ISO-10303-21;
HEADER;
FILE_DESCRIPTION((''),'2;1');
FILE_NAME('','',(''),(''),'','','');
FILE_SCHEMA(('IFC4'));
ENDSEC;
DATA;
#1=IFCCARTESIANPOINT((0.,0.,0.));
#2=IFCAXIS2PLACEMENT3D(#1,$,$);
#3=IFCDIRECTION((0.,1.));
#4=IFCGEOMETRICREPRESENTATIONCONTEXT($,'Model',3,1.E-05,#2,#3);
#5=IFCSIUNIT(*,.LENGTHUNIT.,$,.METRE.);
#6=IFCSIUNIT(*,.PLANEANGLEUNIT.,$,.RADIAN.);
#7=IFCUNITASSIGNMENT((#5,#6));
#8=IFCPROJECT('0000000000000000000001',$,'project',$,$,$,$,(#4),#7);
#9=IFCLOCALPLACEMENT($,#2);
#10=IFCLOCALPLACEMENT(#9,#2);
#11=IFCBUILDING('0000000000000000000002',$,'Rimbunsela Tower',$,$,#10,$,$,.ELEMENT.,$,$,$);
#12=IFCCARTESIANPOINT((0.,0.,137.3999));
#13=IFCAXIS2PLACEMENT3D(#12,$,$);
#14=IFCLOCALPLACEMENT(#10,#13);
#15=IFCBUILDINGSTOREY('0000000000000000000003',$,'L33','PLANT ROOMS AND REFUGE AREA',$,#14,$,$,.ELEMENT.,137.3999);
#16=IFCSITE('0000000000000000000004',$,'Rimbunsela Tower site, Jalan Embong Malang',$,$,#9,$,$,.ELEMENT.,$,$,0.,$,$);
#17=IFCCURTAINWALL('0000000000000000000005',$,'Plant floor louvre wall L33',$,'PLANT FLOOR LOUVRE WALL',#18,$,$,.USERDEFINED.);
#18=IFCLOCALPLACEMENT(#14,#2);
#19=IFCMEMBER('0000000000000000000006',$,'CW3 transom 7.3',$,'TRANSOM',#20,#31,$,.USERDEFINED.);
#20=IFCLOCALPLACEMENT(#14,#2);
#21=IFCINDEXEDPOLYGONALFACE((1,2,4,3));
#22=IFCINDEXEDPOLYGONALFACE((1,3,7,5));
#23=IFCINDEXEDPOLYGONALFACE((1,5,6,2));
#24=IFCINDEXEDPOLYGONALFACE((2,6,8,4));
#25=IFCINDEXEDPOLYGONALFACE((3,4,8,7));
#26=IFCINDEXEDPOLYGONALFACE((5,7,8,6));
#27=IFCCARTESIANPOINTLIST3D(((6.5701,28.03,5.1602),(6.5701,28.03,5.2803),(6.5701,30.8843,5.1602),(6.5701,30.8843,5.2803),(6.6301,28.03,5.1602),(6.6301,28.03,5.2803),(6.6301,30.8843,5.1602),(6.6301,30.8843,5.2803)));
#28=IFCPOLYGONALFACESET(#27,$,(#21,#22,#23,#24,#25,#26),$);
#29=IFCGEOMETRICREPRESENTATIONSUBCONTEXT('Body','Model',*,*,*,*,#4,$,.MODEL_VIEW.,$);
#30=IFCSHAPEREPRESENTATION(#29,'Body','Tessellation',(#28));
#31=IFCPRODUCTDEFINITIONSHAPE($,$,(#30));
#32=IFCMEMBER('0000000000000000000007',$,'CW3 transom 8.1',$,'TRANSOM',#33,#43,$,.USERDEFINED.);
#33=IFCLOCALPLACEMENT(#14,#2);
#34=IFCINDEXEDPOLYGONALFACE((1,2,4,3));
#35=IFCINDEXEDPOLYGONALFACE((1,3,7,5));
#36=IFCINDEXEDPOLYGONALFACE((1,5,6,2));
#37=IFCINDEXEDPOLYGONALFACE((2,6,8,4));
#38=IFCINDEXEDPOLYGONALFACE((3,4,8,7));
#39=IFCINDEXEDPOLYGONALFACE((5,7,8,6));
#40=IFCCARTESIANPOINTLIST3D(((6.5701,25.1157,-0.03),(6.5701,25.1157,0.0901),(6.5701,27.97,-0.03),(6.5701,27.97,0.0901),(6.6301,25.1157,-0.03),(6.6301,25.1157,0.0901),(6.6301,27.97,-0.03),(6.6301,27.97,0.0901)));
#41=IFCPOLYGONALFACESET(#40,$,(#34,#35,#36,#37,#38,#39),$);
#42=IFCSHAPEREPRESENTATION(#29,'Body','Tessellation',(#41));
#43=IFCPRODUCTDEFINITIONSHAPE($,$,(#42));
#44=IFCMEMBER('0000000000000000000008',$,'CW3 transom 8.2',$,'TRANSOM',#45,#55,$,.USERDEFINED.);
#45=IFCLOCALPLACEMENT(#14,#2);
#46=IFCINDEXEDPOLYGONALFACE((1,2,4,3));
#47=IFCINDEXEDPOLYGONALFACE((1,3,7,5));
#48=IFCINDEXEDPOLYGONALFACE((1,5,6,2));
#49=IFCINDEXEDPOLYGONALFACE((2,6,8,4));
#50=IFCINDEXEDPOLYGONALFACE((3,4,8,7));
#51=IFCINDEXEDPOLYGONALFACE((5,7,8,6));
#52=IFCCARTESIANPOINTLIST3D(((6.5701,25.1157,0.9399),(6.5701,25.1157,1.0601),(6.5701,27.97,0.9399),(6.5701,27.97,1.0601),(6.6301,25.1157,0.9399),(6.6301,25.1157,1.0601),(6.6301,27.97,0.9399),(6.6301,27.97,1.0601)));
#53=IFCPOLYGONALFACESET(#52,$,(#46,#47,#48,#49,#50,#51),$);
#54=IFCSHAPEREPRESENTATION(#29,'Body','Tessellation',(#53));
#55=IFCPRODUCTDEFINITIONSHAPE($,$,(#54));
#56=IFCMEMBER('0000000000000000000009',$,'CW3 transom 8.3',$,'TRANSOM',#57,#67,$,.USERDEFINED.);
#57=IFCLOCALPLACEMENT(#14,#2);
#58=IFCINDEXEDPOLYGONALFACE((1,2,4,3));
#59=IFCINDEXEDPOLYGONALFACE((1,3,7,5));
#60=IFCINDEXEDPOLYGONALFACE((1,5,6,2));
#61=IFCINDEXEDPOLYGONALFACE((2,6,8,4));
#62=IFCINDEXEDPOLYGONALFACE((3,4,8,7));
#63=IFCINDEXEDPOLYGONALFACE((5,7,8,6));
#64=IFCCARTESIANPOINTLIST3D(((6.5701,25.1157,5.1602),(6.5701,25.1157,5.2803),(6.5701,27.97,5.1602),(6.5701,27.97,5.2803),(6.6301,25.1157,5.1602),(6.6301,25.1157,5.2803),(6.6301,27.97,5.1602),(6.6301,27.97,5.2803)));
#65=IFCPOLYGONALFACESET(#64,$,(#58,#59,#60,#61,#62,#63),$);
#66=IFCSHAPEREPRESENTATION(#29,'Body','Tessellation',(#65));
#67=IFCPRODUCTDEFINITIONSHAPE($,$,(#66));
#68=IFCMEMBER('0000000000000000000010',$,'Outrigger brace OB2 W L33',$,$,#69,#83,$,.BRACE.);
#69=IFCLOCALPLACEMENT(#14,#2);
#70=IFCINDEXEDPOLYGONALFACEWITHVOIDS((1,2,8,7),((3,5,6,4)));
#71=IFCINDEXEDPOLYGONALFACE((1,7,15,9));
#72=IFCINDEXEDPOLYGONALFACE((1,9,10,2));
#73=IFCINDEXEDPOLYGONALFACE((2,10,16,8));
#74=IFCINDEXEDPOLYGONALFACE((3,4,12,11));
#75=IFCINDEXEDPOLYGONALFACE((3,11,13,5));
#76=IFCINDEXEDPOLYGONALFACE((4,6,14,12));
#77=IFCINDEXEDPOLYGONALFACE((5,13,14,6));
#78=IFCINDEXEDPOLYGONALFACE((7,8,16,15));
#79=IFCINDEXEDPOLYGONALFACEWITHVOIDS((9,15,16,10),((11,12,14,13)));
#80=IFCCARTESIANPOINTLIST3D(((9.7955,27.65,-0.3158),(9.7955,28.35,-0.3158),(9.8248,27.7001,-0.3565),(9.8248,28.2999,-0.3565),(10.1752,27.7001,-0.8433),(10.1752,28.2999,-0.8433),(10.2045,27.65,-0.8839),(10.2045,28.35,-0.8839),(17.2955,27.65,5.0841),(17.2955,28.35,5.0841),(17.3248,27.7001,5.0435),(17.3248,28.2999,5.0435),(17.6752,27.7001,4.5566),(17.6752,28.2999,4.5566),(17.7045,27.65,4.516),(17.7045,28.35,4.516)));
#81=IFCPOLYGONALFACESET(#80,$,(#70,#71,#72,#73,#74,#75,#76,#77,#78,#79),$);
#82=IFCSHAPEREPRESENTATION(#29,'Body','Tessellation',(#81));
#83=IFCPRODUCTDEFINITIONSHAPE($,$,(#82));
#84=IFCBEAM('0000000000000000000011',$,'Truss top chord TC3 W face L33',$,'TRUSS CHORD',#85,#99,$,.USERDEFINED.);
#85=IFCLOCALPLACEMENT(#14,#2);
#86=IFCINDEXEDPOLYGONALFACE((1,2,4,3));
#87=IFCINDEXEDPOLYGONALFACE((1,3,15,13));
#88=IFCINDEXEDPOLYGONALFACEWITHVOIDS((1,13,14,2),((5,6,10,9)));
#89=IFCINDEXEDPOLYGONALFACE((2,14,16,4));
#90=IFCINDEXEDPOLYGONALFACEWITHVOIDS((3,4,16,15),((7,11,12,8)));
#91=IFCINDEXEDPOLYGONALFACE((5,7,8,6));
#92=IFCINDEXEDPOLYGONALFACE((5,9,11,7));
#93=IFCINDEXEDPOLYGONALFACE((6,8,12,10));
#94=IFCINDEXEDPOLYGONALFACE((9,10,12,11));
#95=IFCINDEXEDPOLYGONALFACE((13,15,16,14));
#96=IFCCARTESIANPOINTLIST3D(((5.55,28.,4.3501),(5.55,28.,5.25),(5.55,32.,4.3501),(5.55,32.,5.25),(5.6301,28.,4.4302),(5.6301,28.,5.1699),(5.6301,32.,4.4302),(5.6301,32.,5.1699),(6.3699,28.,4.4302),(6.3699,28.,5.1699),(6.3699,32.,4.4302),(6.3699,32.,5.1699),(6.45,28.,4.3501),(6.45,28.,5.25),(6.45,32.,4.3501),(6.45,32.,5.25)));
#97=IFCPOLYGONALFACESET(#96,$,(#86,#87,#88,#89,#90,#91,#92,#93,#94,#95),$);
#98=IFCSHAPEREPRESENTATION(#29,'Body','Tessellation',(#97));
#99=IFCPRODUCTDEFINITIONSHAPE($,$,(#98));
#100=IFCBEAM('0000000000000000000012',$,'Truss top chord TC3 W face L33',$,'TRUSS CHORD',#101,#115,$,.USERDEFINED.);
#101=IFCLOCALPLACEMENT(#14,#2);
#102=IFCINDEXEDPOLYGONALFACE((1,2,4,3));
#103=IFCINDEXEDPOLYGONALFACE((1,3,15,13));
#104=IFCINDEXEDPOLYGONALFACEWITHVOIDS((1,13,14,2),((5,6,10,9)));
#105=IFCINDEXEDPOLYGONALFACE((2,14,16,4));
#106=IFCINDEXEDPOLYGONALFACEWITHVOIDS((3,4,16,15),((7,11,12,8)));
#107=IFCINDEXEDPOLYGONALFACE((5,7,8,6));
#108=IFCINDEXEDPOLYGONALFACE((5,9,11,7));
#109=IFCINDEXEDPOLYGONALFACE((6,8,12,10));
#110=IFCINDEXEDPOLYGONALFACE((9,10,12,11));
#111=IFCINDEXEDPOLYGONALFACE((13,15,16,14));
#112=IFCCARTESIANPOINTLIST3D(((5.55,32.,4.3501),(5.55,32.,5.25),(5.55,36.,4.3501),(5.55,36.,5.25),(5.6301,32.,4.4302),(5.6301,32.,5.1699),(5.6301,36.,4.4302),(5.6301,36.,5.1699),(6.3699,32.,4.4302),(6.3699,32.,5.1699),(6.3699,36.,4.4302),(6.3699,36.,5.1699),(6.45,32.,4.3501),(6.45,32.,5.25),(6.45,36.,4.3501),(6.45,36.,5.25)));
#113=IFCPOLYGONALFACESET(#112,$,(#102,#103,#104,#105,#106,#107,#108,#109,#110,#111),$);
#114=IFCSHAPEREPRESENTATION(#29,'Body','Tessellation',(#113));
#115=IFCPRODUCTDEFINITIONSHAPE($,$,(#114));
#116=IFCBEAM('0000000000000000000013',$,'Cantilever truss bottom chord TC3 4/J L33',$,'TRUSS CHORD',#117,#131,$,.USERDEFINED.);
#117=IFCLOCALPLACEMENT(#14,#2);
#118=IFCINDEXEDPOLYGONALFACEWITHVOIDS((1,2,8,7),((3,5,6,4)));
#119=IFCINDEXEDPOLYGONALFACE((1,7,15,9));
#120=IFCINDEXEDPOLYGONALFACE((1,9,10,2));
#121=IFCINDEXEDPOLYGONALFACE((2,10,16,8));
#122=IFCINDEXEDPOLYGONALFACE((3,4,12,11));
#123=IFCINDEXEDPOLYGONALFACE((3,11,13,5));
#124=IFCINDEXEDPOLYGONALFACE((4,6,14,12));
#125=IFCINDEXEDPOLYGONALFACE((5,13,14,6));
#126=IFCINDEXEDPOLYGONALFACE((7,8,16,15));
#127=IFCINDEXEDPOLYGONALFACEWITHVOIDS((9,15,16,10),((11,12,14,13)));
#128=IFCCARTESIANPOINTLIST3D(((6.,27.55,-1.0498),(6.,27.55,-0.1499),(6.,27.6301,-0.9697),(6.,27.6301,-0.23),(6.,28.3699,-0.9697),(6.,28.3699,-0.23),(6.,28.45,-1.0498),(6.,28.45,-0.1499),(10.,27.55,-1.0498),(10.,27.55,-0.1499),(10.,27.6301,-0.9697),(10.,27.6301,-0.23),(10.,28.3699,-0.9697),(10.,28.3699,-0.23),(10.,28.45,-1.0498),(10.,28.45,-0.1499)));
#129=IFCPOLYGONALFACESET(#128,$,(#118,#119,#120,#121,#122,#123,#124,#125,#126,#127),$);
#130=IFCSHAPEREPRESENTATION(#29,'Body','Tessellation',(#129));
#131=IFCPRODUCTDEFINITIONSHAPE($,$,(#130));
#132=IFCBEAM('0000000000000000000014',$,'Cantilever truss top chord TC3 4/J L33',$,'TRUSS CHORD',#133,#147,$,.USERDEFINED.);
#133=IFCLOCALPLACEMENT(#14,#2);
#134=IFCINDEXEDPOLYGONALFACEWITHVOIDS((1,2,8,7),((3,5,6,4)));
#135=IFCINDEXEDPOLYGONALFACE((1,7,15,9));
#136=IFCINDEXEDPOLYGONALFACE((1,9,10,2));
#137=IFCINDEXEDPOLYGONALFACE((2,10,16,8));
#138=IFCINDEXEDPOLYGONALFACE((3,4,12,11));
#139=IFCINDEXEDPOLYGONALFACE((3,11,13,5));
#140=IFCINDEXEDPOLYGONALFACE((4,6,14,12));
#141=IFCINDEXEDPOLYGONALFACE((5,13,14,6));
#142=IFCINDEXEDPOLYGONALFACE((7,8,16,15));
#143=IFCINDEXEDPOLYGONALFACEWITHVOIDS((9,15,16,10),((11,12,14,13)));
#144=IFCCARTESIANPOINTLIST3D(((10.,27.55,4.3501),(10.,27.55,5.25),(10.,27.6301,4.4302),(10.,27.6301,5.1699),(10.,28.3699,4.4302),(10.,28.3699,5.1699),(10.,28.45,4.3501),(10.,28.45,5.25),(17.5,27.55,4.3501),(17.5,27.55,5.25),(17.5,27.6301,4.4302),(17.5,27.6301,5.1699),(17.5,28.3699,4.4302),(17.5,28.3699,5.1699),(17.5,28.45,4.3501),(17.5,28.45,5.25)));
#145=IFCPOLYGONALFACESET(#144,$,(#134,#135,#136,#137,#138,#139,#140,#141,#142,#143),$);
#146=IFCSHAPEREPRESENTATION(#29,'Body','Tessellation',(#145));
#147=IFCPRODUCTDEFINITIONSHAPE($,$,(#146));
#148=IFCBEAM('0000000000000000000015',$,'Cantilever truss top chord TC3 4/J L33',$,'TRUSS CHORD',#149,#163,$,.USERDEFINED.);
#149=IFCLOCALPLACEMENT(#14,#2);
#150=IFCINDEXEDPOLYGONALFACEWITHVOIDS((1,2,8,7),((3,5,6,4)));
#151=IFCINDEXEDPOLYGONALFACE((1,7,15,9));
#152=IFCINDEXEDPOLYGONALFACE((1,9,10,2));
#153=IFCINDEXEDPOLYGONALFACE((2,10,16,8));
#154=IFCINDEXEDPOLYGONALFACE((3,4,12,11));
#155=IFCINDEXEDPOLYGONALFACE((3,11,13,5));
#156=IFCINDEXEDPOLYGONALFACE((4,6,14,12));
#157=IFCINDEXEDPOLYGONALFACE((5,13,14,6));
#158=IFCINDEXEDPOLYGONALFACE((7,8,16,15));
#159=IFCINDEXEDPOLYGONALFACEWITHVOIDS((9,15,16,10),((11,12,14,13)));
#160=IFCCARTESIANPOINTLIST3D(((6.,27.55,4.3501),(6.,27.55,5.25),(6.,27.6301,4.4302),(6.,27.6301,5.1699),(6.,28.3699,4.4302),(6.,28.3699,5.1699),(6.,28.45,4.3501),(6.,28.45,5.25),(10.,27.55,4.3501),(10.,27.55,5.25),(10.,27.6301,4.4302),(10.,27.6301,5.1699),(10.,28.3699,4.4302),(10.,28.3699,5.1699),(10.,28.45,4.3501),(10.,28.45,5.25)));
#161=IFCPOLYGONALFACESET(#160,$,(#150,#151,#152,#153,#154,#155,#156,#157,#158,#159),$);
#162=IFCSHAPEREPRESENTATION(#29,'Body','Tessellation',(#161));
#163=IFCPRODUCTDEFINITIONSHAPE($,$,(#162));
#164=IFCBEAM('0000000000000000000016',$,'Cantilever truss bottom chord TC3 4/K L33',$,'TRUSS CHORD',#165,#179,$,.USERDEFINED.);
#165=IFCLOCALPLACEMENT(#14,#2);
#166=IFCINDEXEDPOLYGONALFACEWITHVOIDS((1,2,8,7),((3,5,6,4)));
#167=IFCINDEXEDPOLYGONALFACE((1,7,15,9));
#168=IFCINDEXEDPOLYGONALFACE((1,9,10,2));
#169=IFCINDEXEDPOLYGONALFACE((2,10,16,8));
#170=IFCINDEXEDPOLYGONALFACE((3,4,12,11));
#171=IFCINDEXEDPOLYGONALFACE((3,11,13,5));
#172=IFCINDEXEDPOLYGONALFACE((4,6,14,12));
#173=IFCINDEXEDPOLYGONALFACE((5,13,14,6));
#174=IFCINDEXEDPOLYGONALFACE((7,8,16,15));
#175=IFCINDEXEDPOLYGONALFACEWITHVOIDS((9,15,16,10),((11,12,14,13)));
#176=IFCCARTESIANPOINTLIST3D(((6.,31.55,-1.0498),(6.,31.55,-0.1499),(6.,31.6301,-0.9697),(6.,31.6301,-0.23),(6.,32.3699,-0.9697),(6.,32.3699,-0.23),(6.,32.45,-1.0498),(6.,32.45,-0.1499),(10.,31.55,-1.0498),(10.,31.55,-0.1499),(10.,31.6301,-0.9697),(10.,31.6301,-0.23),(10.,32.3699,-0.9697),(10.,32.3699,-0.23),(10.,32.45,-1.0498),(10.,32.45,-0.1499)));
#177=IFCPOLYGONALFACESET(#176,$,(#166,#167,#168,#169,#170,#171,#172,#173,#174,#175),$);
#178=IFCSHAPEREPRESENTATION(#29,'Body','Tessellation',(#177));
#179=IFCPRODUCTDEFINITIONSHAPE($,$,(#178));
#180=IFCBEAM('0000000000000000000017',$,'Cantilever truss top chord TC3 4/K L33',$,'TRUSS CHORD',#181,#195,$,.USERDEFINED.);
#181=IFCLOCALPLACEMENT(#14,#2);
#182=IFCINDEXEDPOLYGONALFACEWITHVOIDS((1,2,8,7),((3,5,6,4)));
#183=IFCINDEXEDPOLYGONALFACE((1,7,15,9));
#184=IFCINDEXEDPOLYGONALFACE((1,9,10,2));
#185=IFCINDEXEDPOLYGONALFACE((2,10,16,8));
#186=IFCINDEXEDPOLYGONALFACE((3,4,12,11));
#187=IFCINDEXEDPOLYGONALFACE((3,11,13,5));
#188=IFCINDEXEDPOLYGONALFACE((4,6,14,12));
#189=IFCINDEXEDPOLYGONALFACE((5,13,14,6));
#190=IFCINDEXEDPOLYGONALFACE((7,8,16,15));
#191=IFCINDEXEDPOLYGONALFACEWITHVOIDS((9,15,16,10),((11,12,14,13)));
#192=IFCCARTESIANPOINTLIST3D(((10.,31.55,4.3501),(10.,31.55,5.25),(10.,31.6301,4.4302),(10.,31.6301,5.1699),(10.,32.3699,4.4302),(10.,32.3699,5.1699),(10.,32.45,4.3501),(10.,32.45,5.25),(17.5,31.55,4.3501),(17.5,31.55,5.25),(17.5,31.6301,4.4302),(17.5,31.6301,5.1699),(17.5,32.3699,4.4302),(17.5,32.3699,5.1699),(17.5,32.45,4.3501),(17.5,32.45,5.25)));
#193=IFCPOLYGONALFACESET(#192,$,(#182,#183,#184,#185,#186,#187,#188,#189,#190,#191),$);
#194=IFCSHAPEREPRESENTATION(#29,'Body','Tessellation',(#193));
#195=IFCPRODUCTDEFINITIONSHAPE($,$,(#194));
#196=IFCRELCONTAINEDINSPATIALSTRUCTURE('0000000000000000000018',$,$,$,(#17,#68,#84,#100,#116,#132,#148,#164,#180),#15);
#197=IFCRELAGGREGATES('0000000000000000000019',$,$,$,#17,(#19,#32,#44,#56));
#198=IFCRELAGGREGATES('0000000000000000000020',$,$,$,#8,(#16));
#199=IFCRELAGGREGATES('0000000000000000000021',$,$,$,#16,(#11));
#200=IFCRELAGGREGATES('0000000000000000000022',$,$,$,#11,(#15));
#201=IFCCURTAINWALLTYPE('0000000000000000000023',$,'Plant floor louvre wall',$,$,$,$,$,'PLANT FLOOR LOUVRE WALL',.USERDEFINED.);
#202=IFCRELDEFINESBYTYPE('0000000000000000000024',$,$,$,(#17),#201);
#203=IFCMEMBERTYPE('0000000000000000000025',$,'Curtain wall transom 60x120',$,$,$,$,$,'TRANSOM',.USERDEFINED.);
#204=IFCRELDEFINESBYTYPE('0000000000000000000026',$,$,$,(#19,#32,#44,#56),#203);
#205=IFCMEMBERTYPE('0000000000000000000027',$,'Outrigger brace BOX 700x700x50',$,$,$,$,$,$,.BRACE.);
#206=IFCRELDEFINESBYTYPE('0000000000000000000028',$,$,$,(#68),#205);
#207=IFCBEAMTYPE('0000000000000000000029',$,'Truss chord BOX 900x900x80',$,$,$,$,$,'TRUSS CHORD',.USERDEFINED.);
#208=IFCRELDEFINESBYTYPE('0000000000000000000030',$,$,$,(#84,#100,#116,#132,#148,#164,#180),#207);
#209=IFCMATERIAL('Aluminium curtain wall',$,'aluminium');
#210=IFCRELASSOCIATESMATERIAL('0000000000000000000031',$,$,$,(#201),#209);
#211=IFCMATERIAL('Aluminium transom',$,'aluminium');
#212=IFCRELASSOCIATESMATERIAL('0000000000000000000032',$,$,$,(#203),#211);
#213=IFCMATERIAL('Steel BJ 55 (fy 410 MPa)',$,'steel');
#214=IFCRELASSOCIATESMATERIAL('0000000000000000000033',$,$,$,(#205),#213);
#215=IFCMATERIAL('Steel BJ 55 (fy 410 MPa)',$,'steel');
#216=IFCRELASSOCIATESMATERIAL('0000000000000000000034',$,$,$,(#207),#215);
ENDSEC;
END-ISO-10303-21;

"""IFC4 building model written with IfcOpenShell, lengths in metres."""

from ifc_helpers import new_model, si_unit, direction, frame, origin, origin_2d, place, context, subcontext, project, spatial, rectangle, hollow_rectangle, extrude, material, material_profile, profile_set, type_object, element, aggregate, save


model = new_model("IFC4")

# Units and contexts
model_context = context("Model", 3, precision=1e-05, world=origin(), true_north=direction((0.0, 1.0)))
body_context = subcontext(model_context, "Body", "Model", "MODEL_VIEW")
ifc_project = project(units=[si_unit("LENGTHUNIT", "METRE"), si_unit("PLANEANGLEUNIT", "RADIAN")], contexts=[model_context])

# Site, building, storey
site_placement = place(None, origin())
site = spatial("IfcSite", under=ifc_project, at=site_placement, Name="Rimbunsela Tower site, Jalan Embong Malang", CompositionType="ELEMENT", RefElevation=0.0)
building_placement = place(site_placement, origin())
building = spatial("IfcBuilding", under=site, at=building_placement, Name="Rimbunsela Tower", CompositionType="ELEMENT")
storey_placement = place(building_placement, frame((0.0, 0.0, 137.3999)))
storey = spatial("IfcBuildingStorey", under=building, at=storey_placement, Name="L33", Description="PLANT ROOMS AND REFUGE AREA", CompositionType="ELEMENT", Elevation=137.3999)

# Curtain wall, members
ifc_material_1 = material(Name="Aluminium curtain wall", Category="aluminium")
curtain_wall_type = type_object("IfcCurtainWallType", Name="Plant floor louvre wall", ElementType="PLANT FLOOR LOUVRE WALL", PredefinedType="USERDEFINED", material=ifc_material_1)
curtain_wall_placement = place(storey_placement, origin())
curtain_wall = element("IfcCurtainWall", 1, at=curtain_wall_placement, inside=storey, type_object=curtain_wall_type, Name="Plant floor louvre wall L33", ObjectType="PLANT FLOOR LOUVRE WALL", PredefinedType="USERDEFINED")
ifc_material_2 = material(Name="Aluminium transom", Category="aluminium")
ifc_material_profile_1 = material_profile(ifc_material_2, rectangle(XDim=0.0601, YDim=0.1201, at=origin_2d()), Name="Transom 60x120")
ifc_profile_set_1 = profile_set([ifc_material_profile_1], Name="Aluminium transom")
member_type_1 = type_object("IfcMemberType", Name="Curtain wall transom 60x120", ElementType="TRANSOM", PredefinedType="USERDEFINED", material=ifc_profile_set_1)
member_1_placement = place(storey_placement, frame((6.6001, 30.8843, 5.2202), z_axis=(0.0, -1.0, 0.0), x_axis=(1.0, 0.0, 0.0)))
member_1 = element("IfcMember", 2, at=member_1_placement, type_object=member_type_1, Name="CW3 transom 7.3", ObjectType="TRANSOM", PredefinedType="USERDEFINED", context=body_context, shape_type="SweptSolid", body=[
    extrude(rectangle(XDim=0.0601, YDim=0.1201, at=origin_2d()), origin(), (0.0, 0.0, 1.0), 2.8542),
])
member_2_placement = place(storey_placement, frame((6.6001, 27.97, 0.03), z_axis=(0.0, -1.0, 0.0), x_axis=(1.0, 0.0, 0.0)))
member_2 = element("IfcMember", 3, at=member_2_placement, type_object=member_type_1, Name="CW3 transom 8.1", ObjectType="TRANSOM", PredefinedType="USERDEFINED", context=body_context, shape_type="SweptSolid", body=[
    extrude(rectangle(XDim=0.0601, YDim=0.1201, at=origin_2d()), origin(), (0.0, 0.0, 1.0), 2.8542),
])
member_3_placement = place(storey_placement, frame((6.6001, 27.97, 1.0), z_axis=(0.0, -1.0, 0.0), x_axis=(1.0, 0.0, 0.0)))
member_3 = element("IfcMember", 4, at=member_3_placement, type_object=member_type_1, Name="CW3 transom 8.2", ObjectType="TRANSOM", PredefinedType="USERDEFINED", context=body_context, shape_type="SweptSolid", body=[
    extrude(rectangle(XDim=0.0601, YDim=0.1201, at=origin_2d()), origin(), (0.0, 0.0, 1.0), 2.8542),
])
member_4_placement = place(storey_placement, frame((6.6001, 27.97, 5.2202), z_axis=(0.0, -1.0, 0.0), x_axis=(1.0, 0.0, 0.0)))
member_4 = element("IfcMember", 5, at=member_4_placement, type_object=member_type_1, Name="CW3 transom 8.3", ObjectType="TRANSOM", PredefinedType="USERDEFINED", context=body_context, shape_type="SweptSolid", body=[
    extrude(rectangle(XDim=0.0601, YDim=0.1201, at=origin_2d()), origin(), (0.0, 0.0, 1.0), 2.8542),
])

# Member
ifc_material_3 = material(Name="Steel BJ 55 (fy 410 MPa)", Category="steel")
ifc_material_profile_2 = material_profile(ifc_material_3, hollow_rectangle(XDim=0.7, YDim=0.7, WallThickness=0.05, at=origin_2d()), Name="BOX 700x700x50")
ifc_profile_set_2 = profile_set([ifc_material_profile_2], Name="Steel BJ 55 (fy 410 MPa)")
member_type_2 = type_object("IfcMemberType", Name="Outrigger brace BOX 700x700x50", PredefinedType="BRACE", material=ifc_profile_set_2)
member_5_placement = place(storey_placement, frame((10.0, 28.0, -0.5999), z_axis=(0.811539, 0.0, 0.584298), x_axis=(0.0, 1.0, 0.0)))
element("IfcMember", 6, at=member_5_placement, inside=storey, type_object=member_type_2, Name="Outrigger brace OB2 W L33", PredefinedType="BRACE", context=body_context, shape_type="SweptSolid", body=[
    extrude(hollow_rectangle(XDim=0.7, YDim=0.7, WallThickness=0.05, at=origin_2d()), origin(), (0.0, 0.0, 1.0), 9.2417),
])

# Beams
ifc_material_4 = material(Name="Steel BJ 55 (fy 410 MPa)", Category="steel")
ifc_material_profile_3 = material_profile(ifc_material_4, hollow_rectangle(XDim=0.8999, YDim=0.8999, WallThickness=0.0801, at=origin_2d()), Name="BOX 900x900x80")
ifc_profile_set_3 = profile_set([ifc_material_profile_3], Name="Steel BJ 55 (fy 410 MPa)")
beam_type_1 = type_object("IfcBeamType", Name="Truss chord BOX 900x900x80", ElementType="TRUSS CHORD", PredefinedType="USERDEFINED", material=ifc_profile_set_3)
for number, where, z_axis, x_axis, name in (
    (7, (6.0, 28.0, 4.8), (0.0, 1.0, 0.0), (-1.0, 0.0, 0.0), "Truss top chord TC3 W face L33"),
    (8, (6.0, 32.0, 4.8), (0.0, 1.0, 0.0), (-1.0, 0.0, 0.0), "Truss top chord TC3 W face L33"),
    (9, (10.0, 28.0, -0.5999), (-1.0, 0.0, 0.0), (0.0, -1.0, 0.0), "Cantilever truss bottom chord TC3 4/J L33"),
):
    element("IfcBeam", number, at=place(storey_placement, frame(where, z_axis=z_axis, x_axis=x_axis)), inside=storey, type_object=beam_type_1, Name=name, ObjectType="TRUSS CHORD", PredefinedType="USERDEFINED", context=body_context, shape_type="SweptSolid", body=[
        extrude(hollow_rectangle(XDim=0.8999, YDim=0.8999, WallThickness=0.0801, at=origin_2d()), origin(), (0.0, 0.0, 1.0), 4.0),
    ])
beam_1_placement = place(storey_placement, frame((17.5, 28.0, 4.8), z_axis=(-1.0, 0.0, 0.0), x_axis=(0.0, -1.0, 0.0)))
element("IfcBeam", 10, at=beam_1_placement, inside=storey, type_object=beam_type_1, Name="Cantilever truss top chord TC3 4/J L33", ObjectType="TRUSS CHORD", PredefinedType="USERDEFINED", context=body_context, shape_type="SweptSolid", body=[
    extrude(hollow_rectangle(XDim=0.8999, YDim=0.8999, WallThickness=0.0801, at=origin_2d()), origin(), (0.0, 0.0, 1.0), 7.5),
])
for number, where, z_axis, x_axis, name in (
    (11, (10.0, 28.0, 4.8), (-1.0, 0.0, 0.0), (0.0, -1.0, 0.0), "Cantilever truss top chord TC3 4/J L33"),
    (12, (10.0, 32.0, -0.5999), (-1.0, 0.0, 0.0), (0.0, -1.0, 0.0), "Cantilever truss bottom chord TC3 4/K L33"),
):
    element("IfcBeam", number, at=place(storey_placement, frame(where, z_axis=z_axis, x_axis=x_axis)), inside=storey, type_object=beam_type_1, Name=name, ObjectType="TRUSS CHORD", PredefinedType="USERDEFINED", context=body_context, shape_type="SweptSolid", body=[
        extrude(hollow_rectangle(XDim=0.8999, YDim=0.8999, WallThickness=0.0801, at=origin_2d()), origin(), (0.0, 0.0, 1.0), 4.0),
    ])
beam_2_placement = place(storey_placement, frame((17.5, 32.0, 4.8), z_axis=(-1.0, 0.0, 0.0), x_axis=(0.0, -1.0, 0.0)))
element("IfcBeam", 13, at=beam_2_placement, inside=storey, type_object=beam_type_1, Name="Cantilever truss top chord TC3 4/K L33", ObjectType="TRUSS CHORD", PredefinedType="USERDEFINED", context=body_context, shape_type="SweptSolid", body=[
    extrude(hollow_rectangle(XDim=0.8999, YDim=0.8999, WallThickness=0.0801, at=origin_2d()), origin(), (0.0, 0.0, 1.0), 7.5),
])

aggregate(curtain_wall, [member_1, member_2, member_3, member_4])

save(model, "model.ifc")
